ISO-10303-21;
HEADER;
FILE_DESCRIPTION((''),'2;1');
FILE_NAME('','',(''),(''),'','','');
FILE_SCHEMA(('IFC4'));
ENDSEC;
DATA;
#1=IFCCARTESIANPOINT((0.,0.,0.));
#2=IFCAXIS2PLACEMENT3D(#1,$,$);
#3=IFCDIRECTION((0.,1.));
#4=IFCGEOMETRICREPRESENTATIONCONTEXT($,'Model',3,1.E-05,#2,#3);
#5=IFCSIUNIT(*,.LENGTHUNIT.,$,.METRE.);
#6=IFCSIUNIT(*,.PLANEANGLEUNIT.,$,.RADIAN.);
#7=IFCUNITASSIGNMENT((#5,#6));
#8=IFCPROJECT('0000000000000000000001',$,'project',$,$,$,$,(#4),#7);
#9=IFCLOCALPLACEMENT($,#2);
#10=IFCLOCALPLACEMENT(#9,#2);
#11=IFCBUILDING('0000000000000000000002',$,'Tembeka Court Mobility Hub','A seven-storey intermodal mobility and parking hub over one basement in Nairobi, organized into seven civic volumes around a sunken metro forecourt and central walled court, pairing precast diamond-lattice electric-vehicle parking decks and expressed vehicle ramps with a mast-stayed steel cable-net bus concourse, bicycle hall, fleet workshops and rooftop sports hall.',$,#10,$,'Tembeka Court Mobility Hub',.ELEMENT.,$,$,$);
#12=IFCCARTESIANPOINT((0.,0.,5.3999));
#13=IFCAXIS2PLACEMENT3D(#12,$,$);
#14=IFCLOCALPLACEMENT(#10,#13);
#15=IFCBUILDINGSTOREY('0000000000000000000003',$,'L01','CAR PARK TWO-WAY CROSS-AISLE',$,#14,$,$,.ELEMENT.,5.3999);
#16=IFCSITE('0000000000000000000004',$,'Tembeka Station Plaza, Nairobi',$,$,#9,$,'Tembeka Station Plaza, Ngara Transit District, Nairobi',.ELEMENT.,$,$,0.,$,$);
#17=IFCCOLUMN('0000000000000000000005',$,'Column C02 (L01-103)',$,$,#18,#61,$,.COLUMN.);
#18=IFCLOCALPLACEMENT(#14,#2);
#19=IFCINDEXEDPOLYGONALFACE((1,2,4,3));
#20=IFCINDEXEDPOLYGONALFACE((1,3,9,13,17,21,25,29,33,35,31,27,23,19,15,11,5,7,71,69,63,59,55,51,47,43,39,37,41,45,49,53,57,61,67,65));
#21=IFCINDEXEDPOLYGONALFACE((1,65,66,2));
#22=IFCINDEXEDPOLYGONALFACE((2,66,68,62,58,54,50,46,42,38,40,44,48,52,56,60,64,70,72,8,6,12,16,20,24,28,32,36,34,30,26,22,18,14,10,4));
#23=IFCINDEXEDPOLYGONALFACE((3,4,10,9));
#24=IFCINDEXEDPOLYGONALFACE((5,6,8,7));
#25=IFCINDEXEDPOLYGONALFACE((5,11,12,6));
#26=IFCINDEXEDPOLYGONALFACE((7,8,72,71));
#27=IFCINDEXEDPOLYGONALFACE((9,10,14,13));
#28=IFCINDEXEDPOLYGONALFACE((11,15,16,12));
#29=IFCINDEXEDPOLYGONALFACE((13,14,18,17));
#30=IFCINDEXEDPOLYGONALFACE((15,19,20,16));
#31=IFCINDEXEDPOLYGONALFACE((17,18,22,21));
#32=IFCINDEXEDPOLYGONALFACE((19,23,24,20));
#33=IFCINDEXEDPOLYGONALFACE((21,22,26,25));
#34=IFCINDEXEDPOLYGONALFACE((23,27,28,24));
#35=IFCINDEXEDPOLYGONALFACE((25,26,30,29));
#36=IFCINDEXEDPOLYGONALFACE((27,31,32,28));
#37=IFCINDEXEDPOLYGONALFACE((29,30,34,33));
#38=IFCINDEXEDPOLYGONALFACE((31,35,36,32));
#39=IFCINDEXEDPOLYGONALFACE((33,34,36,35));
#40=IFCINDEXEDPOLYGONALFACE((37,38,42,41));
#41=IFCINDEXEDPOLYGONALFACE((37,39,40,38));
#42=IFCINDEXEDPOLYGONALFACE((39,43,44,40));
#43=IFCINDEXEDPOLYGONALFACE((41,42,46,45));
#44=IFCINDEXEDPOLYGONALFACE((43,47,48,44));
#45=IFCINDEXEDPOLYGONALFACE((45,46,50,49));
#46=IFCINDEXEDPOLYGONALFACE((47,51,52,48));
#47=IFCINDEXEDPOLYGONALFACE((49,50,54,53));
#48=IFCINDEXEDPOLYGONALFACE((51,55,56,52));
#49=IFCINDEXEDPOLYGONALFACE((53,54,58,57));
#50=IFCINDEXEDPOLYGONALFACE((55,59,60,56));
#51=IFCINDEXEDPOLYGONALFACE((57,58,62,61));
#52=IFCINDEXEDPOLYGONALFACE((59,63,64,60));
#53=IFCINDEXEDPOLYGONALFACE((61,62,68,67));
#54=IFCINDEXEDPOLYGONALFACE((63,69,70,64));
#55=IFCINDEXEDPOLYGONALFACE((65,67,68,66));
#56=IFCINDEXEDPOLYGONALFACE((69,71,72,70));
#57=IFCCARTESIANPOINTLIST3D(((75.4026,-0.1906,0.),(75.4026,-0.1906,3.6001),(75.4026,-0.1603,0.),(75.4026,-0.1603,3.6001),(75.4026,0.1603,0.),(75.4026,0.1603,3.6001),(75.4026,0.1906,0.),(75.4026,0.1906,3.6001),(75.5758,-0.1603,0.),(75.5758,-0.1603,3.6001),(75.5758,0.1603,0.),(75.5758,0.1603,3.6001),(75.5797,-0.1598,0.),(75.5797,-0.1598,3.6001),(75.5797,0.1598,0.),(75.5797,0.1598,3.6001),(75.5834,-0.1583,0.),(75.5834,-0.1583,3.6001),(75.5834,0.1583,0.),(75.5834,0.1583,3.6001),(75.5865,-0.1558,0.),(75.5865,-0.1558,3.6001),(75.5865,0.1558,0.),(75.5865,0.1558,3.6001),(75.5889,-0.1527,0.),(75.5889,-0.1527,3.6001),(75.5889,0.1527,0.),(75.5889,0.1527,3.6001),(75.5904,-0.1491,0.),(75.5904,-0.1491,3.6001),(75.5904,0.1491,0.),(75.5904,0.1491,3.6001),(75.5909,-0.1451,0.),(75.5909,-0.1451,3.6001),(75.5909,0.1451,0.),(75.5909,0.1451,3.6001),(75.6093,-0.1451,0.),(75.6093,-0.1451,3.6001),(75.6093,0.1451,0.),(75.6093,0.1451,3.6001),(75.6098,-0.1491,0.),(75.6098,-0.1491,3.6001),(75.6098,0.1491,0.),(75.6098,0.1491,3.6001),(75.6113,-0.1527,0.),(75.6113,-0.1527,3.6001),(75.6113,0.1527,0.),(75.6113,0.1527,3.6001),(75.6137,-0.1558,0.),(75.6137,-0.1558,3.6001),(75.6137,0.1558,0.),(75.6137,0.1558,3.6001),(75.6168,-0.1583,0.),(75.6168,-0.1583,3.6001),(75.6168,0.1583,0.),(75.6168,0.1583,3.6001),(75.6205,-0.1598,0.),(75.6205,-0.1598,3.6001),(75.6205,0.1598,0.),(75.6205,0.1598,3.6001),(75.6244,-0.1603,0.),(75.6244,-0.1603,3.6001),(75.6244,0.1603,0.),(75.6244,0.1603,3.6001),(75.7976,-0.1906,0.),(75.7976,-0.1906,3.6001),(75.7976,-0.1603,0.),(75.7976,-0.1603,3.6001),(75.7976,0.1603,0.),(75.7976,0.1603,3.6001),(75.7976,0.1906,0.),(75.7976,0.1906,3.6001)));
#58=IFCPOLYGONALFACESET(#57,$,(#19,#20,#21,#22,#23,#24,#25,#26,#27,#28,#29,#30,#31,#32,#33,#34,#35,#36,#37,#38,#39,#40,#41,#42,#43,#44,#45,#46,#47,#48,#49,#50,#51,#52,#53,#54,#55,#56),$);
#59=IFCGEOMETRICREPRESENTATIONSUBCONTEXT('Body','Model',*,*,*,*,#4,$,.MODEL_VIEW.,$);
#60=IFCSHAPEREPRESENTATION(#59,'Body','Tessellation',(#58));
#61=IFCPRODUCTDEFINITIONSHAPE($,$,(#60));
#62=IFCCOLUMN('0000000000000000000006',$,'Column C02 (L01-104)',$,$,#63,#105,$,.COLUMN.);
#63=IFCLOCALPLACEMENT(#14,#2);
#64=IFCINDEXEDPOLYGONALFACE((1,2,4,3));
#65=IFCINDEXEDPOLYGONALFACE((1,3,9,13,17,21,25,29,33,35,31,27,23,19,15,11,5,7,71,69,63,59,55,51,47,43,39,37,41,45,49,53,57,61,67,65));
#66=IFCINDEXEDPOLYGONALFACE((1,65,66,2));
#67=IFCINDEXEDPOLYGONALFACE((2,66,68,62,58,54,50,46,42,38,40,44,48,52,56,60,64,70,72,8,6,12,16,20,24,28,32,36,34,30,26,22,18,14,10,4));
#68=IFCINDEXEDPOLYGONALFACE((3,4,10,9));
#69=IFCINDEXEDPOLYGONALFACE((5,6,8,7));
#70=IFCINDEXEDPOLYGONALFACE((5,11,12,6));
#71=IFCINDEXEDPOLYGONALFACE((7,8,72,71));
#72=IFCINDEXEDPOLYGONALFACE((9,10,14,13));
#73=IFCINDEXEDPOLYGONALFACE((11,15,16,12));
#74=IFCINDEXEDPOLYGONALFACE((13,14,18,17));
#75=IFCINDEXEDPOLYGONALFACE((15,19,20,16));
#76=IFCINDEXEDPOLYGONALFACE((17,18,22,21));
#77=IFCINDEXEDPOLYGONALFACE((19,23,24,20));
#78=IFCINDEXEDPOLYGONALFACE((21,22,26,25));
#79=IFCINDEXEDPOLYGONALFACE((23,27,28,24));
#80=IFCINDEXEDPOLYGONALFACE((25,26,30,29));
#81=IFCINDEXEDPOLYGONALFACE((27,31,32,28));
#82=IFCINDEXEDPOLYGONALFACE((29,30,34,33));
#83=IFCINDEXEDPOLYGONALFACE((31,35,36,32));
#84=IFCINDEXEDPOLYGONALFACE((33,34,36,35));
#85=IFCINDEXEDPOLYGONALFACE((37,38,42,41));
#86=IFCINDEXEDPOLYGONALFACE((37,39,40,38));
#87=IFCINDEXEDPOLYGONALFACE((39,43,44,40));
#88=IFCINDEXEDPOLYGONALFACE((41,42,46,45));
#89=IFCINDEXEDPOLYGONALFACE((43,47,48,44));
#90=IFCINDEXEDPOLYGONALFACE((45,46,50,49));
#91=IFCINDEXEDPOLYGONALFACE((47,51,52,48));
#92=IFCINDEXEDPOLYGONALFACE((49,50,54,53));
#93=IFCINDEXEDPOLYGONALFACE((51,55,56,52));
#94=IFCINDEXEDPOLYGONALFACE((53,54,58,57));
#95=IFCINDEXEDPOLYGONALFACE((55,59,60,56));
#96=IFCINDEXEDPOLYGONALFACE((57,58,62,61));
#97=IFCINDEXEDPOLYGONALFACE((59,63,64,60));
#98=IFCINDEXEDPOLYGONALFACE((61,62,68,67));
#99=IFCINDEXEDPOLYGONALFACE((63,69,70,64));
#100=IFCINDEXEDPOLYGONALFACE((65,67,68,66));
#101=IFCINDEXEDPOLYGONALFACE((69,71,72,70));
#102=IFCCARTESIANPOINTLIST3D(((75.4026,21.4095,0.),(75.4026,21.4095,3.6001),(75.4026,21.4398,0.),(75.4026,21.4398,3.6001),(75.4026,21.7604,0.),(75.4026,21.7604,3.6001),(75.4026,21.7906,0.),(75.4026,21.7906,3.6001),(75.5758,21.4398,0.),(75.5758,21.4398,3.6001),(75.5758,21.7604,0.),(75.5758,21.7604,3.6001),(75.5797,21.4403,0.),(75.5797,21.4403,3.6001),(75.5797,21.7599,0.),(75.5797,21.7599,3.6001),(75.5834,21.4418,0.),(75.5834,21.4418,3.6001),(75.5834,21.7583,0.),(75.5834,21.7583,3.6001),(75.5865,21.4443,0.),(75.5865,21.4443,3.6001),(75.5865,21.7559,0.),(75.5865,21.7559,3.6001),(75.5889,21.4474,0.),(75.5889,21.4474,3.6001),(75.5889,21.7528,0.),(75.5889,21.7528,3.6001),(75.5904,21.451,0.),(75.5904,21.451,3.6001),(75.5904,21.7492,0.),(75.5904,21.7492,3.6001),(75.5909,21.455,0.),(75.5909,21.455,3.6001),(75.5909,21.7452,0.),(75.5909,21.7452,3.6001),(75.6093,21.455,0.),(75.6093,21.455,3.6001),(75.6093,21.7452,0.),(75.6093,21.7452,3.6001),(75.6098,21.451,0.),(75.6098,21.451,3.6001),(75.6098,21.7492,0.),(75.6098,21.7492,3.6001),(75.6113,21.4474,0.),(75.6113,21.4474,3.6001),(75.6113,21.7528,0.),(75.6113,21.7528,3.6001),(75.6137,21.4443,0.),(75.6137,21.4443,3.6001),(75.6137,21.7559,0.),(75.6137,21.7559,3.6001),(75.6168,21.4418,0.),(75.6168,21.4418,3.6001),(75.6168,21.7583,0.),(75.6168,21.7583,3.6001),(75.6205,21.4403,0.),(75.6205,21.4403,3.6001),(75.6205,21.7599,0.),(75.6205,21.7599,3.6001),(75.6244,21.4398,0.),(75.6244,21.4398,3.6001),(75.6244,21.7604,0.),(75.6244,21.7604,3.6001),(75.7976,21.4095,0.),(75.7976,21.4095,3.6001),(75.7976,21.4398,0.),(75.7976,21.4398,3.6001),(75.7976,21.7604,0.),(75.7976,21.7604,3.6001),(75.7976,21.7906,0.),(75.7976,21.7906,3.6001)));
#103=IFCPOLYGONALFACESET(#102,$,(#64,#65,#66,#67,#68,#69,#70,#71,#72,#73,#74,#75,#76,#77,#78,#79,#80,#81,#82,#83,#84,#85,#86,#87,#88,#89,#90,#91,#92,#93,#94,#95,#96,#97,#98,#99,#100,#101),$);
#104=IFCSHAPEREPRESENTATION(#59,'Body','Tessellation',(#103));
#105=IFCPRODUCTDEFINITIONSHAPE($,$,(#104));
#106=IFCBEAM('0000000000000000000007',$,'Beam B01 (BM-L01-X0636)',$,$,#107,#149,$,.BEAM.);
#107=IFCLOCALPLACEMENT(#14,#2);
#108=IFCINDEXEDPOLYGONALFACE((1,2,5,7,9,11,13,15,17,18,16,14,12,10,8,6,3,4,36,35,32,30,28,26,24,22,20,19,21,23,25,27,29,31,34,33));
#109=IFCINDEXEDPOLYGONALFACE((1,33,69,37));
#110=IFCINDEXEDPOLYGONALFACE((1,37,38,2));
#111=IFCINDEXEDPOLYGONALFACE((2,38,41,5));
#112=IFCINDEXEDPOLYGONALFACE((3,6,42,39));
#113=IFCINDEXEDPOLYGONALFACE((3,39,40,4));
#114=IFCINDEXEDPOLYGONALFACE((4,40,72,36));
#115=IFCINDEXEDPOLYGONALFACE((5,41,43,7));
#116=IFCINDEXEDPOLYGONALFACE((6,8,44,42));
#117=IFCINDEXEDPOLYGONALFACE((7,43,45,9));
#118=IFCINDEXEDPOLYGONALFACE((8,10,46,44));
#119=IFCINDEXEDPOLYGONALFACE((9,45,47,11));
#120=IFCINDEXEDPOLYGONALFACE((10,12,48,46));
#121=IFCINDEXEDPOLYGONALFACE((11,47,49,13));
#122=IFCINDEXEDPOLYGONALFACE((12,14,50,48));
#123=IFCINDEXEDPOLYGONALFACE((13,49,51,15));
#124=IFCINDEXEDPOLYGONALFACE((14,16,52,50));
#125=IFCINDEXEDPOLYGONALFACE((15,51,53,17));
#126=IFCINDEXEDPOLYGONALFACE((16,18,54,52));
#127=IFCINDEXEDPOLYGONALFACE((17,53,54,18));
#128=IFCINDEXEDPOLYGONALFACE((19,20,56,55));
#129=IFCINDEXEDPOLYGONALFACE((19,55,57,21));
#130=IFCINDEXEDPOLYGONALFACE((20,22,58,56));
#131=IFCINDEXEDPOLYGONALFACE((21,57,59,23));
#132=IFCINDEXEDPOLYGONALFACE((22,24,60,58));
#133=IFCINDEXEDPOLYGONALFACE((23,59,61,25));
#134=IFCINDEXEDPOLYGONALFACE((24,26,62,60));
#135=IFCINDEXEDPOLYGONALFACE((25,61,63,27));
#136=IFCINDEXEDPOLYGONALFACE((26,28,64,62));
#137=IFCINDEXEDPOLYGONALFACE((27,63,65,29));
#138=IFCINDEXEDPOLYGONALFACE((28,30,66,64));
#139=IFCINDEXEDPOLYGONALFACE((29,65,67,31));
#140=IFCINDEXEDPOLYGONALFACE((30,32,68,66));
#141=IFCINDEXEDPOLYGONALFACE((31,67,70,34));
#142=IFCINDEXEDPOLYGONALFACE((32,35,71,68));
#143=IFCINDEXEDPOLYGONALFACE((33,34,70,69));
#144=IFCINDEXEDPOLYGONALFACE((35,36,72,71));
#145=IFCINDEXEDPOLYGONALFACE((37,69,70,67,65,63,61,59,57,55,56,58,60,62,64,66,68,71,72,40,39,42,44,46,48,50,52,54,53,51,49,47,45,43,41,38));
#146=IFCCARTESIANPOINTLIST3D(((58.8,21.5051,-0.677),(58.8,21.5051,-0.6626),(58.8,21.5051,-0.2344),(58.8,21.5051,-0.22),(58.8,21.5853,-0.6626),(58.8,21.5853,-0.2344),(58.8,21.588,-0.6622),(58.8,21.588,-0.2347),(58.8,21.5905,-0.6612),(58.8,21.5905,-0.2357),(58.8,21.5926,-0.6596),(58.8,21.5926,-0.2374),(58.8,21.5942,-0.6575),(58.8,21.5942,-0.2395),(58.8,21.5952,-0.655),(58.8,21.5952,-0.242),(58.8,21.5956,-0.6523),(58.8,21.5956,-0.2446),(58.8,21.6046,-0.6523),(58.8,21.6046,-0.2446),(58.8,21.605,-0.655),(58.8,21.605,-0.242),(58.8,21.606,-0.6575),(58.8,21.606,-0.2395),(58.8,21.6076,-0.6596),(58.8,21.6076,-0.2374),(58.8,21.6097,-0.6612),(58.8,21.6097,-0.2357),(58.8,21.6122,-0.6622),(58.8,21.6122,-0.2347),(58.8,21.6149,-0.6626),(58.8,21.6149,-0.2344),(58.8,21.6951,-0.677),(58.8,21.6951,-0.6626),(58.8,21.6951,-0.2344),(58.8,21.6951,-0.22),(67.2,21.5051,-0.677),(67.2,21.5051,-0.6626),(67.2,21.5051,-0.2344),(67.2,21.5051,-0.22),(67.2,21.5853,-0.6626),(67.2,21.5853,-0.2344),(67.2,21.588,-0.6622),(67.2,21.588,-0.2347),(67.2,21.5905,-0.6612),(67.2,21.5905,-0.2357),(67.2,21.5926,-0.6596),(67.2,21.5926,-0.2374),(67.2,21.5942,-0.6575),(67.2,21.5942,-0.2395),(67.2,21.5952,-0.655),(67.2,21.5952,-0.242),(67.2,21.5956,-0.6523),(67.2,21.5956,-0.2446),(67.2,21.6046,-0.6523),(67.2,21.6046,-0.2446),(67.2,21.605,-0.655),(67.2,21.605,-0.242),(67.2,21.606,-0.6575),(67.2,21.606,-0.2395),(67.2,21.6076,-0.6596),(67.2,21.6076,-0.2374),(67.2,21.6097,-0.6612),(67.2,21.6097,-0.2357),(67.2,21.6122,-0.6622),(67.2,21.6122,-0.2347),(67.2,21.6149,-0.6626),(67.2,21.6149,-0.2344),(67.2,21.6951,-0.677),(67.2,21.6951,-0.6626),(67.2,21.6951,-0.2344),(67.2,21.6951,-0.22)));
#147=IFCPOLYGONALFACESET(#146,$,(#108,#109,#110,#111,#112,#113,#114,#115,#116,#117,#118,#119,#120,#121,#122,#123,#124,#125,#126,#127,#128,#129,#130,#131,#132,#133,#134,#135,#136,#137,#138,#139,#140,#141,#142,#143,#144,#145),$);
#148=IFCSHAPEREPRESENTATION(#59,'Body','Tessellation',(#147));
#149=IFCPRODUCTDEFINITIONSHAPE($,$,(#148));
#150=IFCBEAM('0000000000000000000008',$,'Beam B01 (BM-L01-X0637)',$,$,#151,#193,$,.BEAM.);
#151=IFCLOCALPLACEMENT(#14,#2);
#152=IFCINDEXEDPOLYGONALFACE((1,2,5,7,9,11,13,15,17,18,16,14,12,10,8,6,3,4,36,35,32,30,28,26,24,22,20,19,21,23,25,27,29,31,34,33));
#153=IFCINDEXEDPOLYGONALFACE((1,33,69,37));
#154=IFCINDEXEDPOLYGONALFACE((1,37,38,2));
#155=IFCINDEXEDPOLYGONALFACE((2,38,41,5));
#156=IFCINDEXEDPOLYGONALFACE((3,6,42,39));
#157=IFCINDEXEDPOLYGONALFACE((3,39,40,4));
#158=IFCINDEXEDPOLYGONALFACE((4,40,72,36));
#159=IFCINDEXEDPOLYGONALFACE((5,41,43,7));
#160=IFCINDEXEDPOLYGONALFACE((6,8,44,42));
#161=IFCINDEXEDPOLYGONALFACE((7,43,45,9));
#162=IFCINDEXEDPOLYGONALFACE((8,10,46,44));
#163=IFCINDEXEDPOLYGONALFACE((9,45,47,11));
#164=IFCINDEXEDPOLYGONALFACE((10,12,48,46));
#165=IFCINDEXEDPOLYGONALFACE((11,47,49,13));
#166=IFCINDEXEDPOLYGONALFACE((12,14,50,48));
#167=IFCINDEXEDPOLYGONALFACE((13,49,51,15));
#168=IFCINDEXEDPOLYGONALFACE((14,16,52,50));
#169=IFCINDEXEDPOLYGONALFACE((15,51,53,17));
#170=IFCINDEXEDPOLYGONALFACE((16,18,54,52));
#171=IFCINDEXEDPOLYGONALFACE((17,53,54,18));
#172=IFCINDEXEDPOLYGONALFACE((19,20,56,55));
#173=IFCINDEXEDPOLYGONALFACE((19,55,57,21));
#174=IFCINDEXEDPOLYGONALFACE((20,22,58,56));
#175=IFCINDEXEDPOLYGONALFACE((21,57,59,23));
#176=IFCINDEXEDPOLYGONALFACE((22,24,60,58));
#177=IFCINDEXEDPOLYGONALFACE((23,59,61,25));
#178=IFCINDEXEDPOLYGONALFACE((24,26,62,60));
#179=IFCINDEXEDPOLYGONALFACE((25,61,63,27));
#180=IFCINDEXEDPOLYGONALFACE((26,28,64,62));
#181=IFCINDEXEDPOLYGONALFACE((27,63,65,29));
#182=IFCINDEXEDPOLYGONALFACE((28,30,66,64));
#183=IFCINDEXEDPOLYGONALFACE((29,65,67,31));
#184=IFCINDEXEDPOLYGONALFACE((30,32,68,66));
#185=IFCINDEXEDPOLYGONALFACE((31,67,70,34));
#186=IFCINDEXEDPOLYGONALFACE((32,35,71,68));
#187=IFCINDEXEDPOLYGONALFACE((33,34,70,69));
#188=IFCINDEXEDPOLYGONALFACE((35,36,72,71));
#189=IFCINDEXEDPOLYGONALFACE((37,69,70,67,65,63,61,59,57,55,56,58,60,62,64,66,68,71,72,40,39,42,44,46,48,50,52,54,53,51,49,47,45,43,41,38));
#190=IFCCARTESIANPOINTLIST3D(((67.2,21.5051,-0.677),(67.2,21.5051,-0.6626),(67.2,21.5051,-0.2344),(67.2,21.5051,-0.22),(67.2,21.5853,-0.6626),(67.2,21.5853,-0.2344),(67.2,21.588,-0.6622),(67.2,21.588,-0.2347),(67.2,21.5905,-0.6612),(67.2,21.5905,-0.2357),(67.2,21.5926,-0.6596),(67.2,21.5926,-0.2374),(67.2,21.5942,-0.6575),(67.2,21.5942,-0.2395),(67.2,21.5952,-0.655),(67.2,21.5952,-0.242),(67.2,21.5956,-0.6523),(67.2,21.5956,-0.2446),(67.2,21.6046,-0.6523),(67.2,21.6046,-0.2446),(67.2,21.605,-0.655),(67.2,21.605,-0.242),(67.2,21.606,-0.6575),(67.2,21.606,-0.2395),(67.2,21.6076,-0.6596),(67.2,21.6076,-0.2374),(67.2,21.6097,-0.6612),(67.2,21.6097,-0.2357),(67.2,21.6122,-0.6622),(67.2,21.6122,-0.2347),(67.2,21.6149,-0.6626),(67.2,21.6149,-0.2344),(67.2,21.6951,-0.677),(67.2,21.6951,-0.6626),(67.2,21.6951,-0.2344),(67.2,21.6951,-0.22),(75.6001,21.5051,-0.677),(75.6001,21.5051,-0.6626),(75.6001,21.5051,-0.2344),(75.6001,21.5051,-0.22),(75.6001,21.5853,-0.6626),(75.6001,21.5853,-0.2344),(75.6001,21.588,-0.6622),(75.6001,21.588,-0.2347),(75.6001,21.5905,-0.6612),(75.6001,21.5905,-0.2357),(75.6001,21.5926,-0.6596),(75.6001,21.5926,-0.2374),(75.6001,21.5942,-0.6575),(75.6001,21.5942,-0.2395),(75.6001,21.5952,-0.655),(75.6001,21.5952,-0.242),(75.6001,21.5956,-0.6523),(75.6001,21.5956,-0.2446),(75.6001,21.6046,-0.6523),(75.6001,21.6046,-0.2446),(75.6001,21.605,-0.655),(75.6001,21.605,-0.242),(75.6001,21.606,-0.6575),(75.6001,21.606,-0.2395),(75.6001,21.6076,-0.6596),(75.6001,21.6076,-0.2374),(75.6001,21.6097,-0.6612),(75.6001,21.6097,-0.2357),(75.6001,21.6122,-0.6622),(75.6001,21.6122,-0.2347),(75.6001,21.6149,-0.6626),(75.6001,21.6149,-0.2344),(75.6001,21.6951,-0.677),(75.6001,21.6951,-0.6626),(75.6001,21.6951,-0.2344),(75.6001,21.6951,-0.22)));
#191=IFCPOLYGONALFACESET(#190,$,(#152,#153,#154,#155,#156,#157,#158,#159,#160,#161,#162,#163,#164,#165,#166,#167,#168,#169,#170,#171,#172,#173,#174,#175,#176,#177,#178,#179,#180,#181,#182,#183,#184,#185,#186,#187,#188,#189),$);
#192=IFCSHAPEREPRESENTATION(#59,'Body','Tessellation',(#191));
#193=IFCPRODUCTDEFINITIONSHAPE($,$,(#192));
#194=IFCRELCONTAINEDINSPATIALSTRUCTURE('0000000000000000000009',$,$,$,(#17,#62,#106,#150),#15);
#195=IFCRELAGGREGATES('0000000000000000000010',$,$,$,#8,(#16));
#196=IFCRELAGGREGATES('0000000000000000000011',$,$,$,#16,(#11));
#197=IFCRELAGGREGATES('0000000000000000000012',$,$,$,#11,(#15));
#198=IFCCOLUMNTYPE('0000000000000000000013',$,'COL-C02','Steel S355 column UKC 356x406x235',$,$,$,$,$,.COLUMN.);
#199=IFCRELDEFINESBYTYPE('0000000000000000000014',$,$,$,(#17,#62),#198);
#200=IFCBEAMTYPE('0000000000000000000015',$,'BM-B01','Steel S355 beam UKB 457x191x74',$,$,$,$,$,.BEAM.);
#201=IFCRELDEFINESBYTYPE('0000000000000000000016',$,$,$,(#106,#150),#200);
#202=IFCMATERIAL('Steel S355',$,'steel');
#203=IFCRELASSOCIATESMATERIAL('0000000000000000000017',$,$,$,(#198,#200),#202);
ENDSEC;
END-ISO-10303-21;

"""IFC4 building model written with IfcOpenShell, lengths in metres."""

from ifc_helpers import new_model, si_unit, direction, frame, origin, origin_2d, place, context, subcontext, project, spatial, i_section, extrude, material, material_profile, profile_set, type_object, element, save


model = new_model("IFC4")

# Units and contexts
model_context = context("Model", 3, precision=1e-05, world=origin(), true_north=direction((0.0, 1.0)))
body_context = subcontext(model_context, "Body", "Model", "MODEL_VIEW")
ifc_project = project(units=[si_unit("LENGTHUNIT", "METRE"), si_unit("PLANEANGLEUNIT", "RADIAN")], contexts=[model_context])

# Site, building, storey
site_placement = place(None, origin())
site = spatial("IfcSite", under=ifc_project, at=site_placement, Name="Tembeka Station Plaza, Nairobi", LongName="Tembeka Station Plaza, Ngara Transit District, Nairobi", CompositionType="ELEMENT", RefElevation=0.0)
building_placement = place(site_placement, origin())
building = spatial("IfcBuilding", under=site, at=building_placement, Name="Tembeka Court Mobility Hub", Description="A seven-storey intermodal mobility and parking hub over one basement in Nairobi, organized into seven civic volumes around a sunken metro forecourt and central walled court, pairing precast diamond-lattice electric-vehicle parking decks and expressed vehicle ramps with a mast-stayed steel cable-net bus concourse, bicycle hall, fleet workshops and rooftop sports hall.", LongName="Tembeka Court Mobility Hub", CompositionType="ELEMENT")
storey_placement = place(building_placement, frame((0.0, 0.0, 5.3999)))
storey = spatial("IfcBuildingStorey", under=building, at=storey_placement, Name="L01", Description="CAR PARK TWO-WAY CROSS-AISLE", CompositionType="ELEMENT", Elevation=5.3999)

# Columns
ifc_material_1 = material(Name="Steel S355", Category="steel")
ifc_material_profile_1 = material_profile(ifc_material_1, i_section(OverallWidth=0.395, OverallDepth=0.3811, WebThickness=0.0183, FlangeThickness=0.0303, FilletRadius=0.0151, at=origin_2d()), Name="UKC 356x406x235")
ifc_profile_set_1 = profile_set([ifc_material_profile_1], Name="Steel S355")
column_type = type_object("IfcColumnType", Name="COL-C02", Description="Steel S355 column UKC 356x406x235", PredefinedType="COLUMN", material=ifc_profile_set_1)
for number, where, z_axis, x_axis, name in (
    (1, (75.6001, 0.0, 0.0), (0.0, 0.0, 1.0), (1.0, 0.0, 0.0), "Column C02 (L01-103)"),
    (2, (75.6001, 21.6001, 0.0), (0.0, 0.0, 1.0), (1.0, 0.0, 0.0), "Column C02 (L01-104)"),
):
    element("IfcColumn", number, at=place(storey_placement, frame(where, z_axis=z_axis, x_axis=x_axis)), inside=storey, type_object=column_type, Name=name, PredefinedType="COLUMN", context=body_context, shape_type="SweptSolid", body=[
        extrude(i_section(OverallWidth=0.395, OverallDepth=0.3811, WebThickness=0.0183, FlangeThickness=0.0303, FilletRadius=0.0151, at=origin_2d()), origin(), (0.0, 0.0, 1.0), 3.6001),
    ])

# Beams
ifc_material_profile_2 = material_profile(ifc_material_1, i_section(OverallWidth=0.1899, OverallDepth=0.457, WebThickness=0.009, FlangeThickness=0.0144, FilletRadius=0.0103, at=origin_2d()), Name="UKB 457x191x74")
ifc_profile_set_2 = profile_set([ifc_material_profile_2], Name="Steel S355")
beam_type_1 = type_object("IfcBeamType", Name="BM-B01", Description="Steel S355 beam UKB 457x191x74", PredefinedType="BEAM", material=ifc_profile_set_2)
beam_1_placement = place(storey_placement, frame((58.8, 21.6001, -0.4485), z_axis=(1.0, 0.0, 0.0), x_axis=(0.0, 1.0, 0.0)))
element("IfcBeam", 3, at=beam_1_placement, inside=storey, type_object=beam_type_1, Name="Beam B01 (BM-L01-X0636)", PredefinedType="BEAM", context=body_context, shape_type="SweptSolid", body=[
    extrude(i_section(OverallWidth=0.1899, OverallDepth=0.457, WebThickness=0.009, FlangeThickness=0.0144, FilletRadius=0.0103, at=origin_2d()), origin(), (0.0, 0.0, 1.0), 8.3999),
])
beam_2_placement = place(storey_placement, frame((67.2, 21.6001, -0.4485), z_axis=(1.0, 0.0, 0.0), x_axis=(0.0, 1.0, 0.0)))
element("IfcBeam", 4, at=beam_2_placement, inside=storey, type_object=beam_type_1, Name="Beam B01 (BM-L01-X0637)", PredefinedType="BEAM", context=body_context, shape_type="SweptSolid", body=[
    extrude(i_section(OverallWidth=0.1899, OverallDepth=0.457, WebThickness=0.009, FlangeThickness=0.0144, FilletRadius=0.0103, at=origin_2d()), origin(), (0.0, 0.0, 1.0), 8.4001),
])

save(model, "model.ifc")
